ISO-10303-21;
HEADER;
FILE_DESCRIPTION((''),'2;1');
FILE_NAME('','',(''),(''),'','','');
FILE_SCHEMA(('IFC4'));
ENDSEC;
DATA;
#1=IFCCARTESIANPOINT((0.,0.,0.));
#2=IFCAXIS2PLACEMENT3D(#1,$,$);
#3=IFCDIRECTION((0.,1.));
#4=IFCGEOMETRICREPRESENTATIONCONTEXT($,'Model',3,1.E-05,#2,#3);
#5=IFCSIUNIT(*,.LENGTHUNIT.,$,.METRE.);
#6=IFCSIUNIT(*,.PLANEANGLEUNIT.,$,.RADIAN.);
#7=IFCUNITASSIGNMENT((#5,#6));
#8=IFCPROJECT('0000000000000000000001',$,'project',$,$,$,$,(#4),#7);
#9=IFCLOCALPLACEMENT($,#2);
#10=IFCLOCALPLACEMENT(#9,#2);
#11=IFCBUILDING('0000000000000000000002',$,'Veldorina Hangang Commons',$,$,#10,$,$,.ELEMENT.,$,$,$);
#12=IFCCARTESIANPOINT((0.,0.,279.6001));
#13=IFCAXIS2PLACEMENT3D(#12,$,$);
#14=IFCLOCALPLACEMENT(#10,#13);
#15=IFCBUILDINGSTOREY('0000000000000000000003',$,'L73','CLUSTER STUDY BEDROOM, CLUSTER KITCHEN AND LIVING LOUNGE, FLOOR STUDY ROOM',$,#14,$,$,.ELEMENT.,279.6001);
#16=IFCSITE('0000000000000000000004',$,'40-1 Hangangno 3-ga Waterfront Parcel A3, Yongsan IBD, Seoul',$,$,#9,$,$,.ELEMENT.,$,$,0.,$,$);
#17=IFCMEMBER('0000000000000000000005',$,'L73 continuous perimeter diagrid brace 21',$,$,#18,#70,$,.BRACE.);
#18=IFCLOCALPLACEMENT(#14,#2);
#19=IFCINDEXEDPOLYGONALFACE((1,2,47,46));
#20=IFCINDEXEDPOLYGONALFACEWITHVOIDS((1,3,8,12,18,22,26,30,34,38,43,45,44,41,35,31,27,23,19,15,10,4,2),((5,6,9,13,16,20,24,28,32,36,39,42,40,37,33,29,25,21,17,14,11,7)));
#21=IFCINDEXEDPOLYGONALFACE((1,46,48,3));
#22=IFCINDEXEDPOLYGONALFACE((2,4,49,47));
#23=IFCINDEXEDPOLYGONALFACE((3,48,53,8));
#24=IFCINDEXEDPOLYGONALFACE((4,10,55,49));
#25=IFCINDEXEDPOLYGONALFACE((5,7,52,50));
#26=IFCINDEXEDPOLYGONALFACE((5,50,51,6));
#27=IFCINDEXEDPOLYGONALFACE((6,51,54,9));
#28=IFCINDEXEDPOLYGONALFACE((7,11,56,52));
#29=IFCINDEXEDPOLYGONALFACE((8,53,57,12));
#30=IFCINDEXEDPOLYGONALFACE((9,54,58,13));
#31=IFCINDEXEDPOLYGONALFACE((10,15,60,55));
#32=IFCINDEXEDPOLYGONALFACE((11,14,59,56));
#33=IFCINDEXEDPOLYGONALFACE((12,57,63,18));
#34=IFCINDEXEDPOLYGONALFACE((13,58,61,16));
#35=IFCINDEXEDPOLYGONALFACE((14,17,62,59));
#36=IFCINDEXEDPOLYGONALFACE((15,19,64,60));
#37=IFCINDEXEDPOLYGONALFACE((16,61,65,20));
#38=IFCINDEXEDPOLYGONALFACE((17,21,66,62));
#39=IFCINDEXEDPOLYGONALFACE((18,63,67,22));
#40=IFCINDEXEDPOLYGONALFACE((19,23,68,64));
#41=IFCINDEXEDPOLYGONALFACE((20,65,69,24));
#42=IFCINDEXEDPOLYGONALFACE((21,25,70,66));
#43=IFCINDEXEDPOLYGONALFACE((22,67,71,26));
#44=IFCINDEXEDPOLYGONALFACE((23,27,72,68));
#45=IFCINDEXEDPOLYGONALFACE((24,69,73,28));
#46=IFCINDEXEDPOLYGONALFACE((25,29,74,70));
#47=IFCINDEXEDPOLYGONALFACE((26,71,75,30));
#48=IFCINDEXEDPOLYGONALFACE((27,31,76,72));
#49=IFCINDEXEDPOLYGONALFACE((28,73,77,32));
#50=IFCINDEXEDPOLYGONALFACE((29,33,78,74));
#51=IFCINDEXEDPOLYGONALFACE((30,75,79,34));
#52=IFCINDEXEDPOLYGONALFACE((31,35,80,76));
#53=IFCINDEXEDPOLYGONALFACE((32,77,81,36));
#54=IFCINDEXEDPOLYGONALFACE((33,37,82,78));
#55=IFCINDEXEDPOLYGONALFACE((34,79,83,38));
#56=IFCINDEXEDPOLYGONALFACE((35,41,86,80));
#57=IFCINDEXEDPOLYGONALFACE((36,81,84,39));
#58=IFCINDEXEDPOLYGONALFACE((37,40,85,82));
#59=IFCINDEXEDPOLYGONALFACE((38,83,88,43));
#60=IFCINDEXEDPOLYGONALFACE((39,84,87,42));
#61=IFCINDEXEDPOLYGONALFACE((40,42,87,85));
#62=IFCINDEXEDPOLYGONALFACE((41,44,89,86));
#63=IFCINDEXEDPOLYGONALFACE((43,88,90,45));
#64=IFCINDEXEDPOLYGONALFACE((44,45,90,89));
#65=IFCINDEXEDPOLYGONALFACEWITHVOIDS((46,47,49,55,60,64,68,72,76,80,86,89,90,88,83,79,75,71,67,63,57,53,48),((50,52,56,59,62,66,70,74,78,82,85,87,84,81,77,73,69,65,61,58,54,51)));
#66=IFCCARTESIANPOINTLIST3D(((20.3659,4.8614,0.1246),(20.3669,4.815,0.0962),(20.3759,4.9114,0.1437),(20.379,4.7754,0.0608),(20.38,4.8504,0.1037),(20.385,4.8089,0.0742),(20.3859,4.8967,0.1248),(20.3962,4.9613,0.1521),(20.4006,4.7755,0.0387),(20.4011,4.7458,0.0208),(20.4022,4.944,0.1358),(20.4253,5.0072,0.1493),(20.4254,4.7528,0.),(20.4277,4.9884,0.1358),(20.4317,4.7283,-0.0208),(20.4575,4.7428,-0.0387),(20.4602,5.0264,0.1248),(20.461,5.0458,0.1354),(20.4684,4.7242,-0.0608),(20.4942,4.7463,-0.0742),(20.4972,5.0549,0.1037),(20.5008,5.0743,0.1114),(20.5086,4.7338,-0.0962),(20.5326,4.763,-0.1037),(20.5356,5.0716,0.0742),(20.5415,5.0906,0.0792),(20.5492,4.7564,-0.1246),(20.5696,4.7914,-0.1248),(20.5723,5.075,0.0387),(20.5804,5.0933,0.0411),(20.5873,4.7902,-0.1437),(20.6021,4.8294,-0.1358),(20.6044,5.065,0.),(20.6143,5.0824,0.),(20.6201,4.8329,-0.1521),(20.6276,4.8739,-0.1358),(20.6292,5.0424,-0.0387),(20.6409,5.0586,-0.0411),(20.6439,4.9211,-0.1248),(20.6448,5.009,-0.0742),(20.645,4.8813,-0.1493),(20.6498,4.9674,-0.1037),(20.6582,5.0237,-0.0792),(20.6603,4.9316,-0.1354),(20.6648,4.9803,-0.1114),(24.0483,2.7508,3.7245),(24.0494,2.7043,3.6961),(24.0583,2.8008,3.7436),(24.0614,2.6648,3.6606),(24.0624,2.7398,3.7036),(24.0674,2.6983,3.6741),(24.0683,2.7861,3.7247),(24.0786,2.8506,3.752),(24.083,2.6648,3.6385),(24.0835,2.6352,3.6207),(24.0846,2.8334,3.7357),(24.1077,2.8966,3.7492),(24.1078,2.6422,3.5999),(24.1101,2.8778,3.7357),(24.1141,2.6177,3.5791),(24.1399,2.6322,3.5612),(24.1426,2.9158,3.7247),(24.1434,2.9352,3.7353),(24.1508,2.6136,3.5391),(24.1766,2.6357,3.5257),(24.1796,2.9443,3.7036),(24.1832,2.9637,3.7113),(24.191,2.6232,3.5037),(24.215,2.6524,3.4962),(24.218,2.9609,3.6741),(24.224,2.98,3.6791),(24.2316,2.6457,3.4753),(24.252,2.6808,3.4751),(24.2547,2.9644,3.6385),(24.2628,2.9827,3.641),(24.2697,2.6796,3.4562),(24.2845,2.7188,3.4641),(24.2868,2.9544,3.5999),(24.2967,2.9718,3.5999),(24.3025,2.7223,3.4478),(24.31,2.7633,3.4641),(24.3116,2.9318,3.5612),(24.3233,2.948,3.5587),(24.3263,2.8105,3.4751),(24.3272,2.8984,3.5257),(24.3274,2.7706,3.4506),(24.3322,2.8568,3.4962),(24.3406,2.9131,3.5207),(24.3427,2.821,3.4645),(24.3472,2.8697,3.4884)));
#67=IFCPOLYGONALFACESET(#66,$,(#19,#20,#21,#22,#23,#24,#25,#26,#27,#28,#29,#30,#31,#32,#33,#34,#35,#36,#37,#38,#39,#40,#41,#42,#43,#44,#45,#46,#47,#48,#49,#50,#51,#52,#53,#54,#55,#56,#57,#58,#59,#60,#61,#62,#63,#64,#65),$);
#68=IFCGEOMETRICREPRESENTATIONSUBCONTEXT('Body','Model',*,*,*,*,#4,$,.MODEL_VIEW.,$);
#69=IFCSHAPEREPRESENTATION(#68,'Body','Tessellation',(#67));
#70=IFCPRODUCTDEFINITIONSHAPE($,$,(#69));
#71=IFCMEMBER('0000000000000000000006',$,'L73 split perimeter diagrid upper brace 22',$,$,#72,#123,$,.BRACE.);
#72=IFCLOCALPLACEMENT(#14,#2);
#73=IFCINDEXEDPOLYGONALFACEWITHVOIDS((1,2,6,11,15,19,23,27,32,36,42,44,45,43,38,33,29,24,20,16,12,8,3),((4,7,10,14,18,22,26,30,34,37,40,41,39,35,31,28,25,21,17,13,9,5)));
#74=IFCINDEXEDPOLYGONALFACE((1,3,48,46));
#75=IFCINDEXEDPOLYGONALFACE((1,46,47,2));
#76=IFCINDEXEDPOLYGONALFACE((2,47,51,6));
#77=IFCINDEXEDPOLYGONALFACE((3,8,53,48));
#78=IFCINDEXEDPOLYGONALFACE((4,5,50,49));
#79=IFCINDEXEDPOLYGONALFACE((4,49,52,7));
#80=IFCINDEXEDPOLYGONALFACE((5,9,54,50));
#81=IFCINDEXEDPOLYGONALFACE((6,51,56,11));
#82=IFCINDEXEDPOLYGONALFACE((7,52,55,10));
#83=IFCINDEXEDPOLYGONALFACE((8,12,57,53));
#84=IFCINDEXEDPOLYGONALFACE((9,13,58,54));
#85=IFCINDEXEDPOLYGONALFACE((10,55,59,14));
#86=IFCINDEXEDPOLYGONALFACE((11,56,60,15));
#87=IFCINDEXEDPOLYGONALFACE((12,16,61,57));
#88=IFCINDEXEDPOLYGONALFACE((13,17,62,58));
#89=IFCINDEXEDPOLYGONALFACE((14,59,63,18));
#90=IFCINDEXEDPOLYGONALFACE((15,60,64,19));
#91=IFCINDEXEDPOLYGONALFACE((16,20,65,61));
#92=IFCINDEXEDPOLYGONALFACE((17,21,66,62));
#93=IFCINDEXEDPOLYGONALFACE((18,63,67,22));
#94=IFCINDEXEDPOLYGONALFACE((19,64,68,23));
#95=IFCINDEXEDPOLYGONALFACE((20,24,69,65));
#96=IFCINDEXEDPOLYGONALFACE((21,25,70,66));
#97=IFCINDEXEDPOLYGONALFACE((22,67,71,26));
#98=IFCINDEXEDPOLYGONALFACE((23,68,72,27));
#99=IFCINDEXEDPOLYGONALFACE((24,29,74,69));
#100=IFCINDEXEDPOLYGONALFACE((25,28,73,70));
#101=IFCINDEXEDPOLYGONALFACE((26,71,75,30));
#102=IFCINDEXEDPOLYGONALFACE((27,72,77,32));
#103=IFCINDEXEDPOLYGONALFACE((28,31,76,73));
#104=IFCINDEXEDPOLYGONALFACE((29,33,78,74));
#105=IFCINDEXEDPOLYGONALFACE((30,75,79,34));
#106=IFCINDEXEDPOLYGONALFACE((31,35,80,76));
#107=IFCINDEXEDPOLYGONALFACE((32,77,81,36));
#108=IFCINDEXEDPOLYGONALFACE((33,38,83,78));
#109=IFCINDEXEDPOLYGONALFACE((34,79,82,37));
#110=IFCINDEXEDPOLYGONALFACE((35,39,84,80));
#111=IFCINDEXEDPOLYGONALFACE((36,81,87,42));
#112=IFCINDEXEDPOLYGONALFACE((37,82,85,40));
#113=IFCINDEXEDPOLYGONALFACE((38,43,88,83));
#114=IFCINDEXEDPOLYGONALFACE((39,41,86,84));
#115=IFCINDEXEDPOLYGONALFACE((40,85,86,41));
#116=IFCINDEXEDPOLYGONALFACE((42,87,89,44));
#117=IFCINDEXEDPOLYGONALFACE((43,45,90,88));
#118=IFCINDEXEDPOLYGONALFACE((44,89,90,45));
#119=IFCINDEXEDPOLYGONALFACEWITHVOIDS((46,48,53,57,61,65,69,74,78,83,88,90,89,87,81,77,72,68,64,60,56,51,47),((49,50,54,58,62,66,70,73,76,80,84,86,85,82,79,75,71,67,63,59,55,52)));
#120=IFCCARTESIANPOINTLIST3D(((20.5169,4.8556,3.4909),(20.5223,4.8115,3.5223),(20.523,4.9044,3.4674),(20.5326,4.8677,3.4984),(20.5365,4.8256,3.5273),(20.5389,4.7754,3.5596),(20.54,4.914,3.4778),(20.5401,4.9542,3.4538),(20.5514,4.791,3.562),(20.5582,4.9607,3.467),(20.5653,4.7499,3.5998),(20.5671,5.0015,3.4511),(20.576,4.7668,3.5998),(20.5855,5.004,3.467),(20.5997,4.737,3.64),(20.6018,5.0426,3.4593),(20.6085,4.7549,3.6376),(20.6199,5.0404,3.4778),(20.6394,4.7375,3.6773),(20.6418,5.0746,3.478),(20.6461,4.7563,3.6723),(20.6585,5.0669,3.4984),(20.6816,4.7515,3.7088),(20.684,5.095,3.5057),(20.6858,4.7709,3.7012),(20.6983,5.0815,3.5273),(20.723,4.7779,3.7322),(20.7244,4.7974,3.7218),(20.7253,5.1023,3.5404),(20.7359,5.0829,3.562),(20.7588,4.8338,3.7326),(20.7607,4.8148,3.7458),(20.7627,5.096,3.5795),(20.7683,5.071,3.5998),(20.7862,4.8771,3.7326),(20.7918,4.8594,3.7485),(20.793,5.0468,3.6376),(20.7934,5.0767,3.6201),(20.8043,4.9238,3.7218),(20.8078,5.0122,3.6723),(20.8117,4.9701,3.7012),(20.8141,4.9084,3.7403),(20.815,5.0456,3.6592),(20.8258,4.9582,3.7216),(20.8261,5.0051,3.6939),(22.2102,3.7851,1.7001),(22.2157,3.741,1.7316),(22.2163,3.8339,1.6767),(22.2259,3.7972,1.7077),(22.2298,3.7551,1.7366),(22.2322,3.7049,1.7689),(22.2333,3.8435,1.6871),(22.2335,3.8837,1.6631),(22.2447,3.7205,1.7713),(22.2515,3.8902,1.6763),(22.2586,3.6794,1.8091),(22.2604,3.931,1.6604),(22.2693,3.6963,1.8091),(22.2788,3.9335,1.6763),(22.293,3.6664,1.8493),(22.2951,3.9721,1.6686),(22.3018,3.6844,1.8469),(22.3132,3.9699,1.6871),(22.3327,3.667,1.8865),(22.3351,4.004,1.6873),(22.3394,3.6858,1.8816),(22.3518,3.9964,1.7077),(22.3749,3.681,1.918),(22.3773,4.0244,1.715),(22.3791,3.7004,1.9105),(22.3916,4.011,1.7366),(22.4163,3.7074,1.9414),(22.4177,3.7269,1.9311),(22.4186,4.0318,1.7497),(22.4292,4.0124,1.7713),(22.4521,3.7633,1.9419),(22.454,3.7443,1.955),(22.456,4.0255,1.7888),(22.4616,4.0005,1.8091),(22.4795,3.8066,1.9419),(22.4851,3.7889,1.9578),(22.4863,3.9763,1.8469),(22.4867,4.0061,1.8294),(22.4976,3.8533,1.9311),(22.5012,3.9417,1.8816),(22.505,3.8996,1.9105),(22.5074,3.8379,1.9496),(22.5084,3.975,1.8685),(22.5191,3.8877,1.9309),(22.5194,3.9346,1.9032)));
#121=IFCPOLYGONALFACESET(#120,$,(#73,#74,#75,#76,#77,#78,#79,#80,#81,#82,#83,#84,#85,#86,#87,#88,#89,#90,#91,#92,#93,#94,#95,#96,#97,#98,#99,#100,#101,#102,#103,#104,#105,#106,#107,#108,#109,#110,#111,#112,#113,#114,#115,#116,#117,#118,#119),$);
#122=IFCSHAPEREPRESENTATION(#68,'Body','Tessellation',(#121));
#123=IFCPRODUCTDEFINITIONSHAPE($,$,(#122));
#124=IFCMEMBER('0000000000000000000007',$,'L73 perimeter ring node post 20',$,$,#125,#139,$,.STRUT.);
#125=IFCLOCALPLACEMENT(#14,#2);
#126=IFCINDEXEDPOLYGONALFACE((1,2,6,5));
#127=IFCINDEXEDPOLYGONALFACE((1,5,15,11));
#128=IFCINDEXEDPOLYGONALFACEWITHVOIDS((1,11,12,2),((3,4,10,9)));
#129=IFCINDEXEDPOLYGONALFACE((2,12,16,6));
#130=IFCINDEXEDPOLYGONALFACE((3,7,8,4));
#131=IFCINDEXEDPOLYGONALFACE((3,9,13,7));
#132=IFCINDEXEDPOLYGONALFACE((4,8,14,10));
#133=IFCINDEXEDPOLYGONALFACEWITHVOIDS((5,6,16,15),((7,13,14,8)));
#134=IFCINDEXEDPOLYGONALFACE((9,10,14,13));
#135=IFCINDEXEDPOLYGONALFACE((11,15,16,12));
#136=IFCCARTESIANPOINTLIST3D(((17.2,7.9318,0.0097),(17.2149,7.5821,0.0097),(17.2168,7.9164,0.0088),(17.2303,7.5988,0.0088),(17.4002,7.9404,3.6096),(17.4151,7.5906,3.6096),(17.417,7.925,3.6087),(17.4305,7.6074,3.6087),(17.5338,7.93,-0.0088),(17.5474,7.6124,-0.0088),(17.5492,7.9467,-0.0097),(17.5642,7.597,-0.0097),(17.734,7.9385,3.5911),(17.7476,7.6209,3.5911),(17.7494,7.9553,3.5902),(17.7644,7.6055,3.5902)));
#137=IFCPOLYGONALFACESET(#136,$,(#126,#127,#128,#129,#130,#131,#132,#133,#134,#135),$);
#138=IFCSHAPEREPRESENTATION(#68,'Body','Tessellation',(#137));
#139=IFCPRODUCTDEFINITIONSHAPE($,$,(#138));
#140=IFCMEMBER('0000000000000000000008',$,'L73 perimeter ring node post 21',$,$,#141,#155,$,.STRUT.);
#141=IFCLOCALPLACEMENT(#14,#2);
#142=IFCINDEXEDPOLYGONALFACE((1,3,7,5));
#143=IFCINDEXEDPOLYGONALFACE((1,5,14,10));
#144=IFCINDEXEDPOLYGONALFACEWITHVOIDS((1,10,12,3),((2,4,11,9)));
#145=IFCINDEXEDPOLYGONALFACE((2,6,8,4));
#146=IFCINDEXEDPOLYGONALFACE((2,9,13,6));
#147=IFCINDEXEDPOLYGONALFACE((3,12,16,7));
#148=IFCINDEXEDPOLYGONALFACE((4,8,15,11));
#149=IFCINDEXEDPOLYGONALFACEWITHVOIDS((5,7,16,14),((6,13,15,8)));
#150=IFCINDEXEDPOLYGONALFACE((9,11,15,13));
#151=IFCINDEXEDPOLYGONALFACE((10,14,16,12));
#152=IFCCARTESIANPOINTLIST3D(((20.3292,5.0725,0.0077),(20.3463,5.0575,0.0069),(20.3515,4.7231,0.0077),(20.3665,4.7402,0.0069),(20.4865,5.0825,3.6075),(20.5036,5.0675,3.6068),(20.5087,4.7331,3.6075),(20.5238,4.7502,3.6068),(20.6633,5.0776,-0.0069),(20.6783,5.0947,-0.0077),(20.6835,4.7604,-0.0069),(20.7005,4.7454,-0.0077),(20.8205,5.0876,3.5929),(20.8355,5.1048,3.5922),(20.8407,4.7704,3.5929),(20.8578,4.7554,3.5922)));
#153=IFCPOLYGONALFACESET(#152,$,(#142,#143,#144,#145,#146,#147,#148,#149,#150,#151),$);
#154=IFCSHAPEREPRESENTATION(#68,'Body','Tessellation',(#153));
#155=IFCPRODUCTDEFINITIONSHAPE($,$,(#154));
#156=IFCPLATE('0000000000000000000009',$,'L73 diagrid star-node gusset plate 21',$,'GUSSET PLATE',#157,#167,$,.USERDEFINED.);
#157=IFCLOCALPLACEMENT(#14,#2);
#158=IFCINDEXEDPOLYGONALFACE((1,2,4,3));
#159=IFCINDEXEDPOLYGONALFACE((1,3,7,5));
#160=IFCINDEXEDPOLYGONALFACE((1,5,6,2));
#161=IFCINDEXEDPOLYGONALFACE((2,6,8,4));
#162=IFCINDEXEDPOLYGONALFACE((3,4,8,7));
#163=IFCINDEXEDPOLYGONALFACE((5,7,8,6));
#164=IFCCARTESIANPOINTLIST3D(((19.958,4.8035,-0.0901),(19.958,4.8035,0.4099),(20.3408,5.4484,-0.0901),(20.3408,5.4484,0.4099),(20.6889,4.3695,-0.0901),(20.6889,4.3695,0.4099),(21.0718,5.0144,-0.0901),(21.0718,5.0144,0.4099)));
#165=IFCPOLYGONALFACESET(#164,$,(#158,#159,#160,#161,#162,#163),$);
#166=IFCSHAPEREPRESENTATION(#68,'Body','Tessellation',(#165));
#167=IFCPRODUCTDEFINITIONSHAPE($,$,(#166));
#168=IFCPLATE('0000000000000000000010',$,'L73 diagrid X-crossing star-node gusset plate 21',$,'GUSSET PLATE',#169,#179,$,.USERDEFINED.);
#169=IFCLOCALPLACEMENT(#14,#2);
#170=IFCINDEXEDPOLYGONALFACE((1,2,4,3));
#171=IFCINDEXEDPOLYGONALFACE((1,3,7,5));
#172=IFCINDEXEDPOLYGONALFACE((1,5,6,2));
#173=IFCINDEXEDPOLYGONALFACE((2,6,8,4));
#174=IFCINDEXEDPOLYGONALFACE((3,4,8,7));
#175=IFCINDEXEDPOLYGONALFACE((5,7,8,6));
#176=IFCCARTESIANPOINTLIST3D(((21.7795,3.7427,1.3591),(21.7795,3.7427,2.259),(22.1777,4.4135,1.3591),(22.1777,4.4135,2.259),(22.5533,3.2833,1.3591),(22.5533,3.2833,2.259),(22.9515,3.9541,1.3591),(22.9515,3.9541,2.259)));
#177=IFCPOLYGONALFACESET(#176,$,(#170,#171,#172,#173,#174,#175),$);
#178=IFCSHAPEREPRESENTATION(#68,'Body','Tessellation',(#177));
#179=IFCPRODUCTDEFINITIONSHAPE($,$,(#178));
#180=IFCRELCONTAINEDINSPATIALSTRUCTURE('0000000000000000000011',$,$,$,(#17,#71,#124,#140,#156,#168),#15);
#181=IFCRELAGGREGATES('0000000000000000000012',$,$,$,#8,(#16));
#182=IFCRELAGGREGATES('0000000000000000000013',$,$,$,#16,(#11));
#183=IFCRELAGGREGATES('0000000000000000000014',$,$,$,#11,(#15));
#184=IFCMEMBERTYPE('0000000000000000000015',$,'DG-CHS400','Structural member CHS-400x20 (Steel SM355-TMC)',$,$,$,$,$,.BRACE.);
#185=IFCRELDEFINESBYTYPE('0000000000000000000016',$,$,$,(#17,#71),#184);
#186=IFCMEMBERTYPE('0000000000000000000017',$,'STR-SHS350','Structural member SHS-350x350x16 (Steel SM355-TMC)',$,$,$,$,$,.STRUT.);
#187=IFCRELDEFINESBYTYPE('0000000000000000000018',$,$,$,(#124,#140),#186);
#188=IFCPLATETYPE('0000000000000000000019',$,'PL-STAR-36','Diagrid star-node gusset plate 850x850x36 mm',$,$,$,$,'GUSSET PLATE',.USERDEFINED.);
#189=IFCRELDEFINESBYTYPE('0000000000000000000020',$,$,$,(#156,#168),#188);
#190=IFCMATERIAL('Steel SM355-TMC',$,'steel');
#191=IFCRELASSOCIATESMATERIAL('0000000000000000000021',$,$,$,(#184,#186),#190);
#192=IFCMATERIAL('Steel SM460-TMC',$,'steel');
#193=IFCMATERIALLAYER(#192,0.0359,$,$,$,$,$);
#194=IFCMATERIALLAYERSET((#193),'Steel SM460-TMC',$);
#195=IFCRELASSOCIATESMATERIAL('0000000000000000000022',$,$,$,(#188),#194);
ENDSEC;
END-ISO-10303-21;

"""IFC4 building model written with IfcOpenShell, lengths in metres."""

from ifc_helpers import new_model, si_unit, direction, frame, origin, origin_2d, place, context, subcontext, project, spatial, rectangle, hollow_rectangle, hollow_circle, extrude, material, layer, layer_set, material_profile, profile_set, type_object, element, save


model = new_model("IFC4")

# Units and contexts
model_context = context("Model", 3, precision=1e-05, world=origin(), true_north=direction((0.0, 1.0)))
body_context = subcontext(model_context, "Body", "Model", "MODEL_VIEW")
ifc_project = project(units=[si_unit("LENGTHUNIT", "METRE"), si_unit("PLANEANGLEUNIT", "RADIAN")], contexts=[model_context])

# Site, building, storey
site_placement = place(None, origin())
site = spatial("IfcSite", under=ifc_project, at=site_placement, Name="40-1 Hangangno 3-ga Waterfront Parcel A3, Yongsan IBD, Seoul", CompositionType="ELEMENT", RefElevation=0.0)
building_placement = place(site_placement, origin())
building = spatial("IfcBuilding", under=site, at=building_placement, Name="Veldorina Hangang Commons", CompositionType="ELEMENT")
storey_placement = place(building_placement, frame((0.0, 0.0, 279.6001)))
storey = spatial("IfcBuildingStorey", under=building, at=storey_placement, Name="L73", Description="CLUSTER STUDY BEDROOM, CLUSTER KITCHEN AND LIVING LOUNGE, FLOOR STUDY ROOM", CompositionType="ELEMENT", Elevation=279.6001)

# Shared definitions
ifc_material_1 = material(Name="Steel SM355-TMC", Category="steel")

# Members
ifc_material_profile_1 = material_profile(ifc_material_1, hollow_circle(Radius=0.2, WallThickness=0.02, at=origin_2d()), Name="CHS-400x20")
ifc_profile_set_1 = profile_set([ifc_material_profile_1], Name="Steel SM355-TMC")
member_type_1 = type_object("IfcMemberType", Name="DG-CHS400", Description="Structural member CHS-400x20 (Steel SM355-TMC)", PredefinedType="BRACE", material=ifc_profile_set_1)
member_1_placement = place(storey_placement, frame((20.5149, 4.9089, 0.0), z_axis=(0.661657, -0.379237, 0.64683), x_axis=(0.497272, 0.867595, 0.0)))
element("IfcMember", 1, at=member_1_placement, inside=storey, type_object=member_type_1, Name="L73 continuous perimeter diagrid brace 21", PredefinedType="BRACE", context=body_context, shape_type="SweptSolid", body=[
    extrude(hollow_circle(Radius=0.2, WallThickness=0.02, at=origin_2d()), origin(), (0.0, 0.0, 1.0), 5.5654),
])
member_2_placement = place(storey_placement, frame((22.3655, 3.8484, 1.8091), z_axis=(-0.630185, 0.398408, 0.666437), x_axis=(-0.534373, -0.845248, 0.0)))
element("IfcMember", 2, at=member_2_placement, inside=storey, type_object=member_type_1, Name="L73 split perimeter diagrid upper brace 22", PredefinedType="BRACE", context=body_context, shape_type="SweptSolid", body=[
    extrude(hollow_circle(Radius=0.2, WallThickness=0.02, at=origin_2d()), origin(), (0.0, 0.0, 1.0), 2.687),
])
ifc_material_profile_2 = material_profile(ifc_material_1, hollow_rectangle(XDim=0.3501, YDim=0.3501, WallThickness=0.0161, at=origin_2d()), Name="SHS-350x350x16")
ifc_profile_set_2 = profile_set([ifc_material_profile_2], Name="Steel SM355-TMC")
member_type_2 = type_object("IfcMemberType", Name="STR-SHS350", Description="Structural member SHS-350x350x16 (Steel SM355-TMC)", PredefinedType="STRUT", material=ifc_profile_set_2)
member_3_placement = place(storey_placement, frame((17.3821, 7.7644, 0.0), z_axis=(0.055526, 0.00237, 0.998454), x_axis=(-0.042644, 0.99909, 0.0)))
element("IfcMember", 3, at=member_3_placement, inside=storey, type_object=member_type_2, Name="L73 perimeter ring node post 20", PredefinedType="STRUT", context=body_context, shape_type="SweptSolid", body=[
    extrude(hollow_rectangle(XDim=0.3501, YDim=0.3501, WallThickness=0.0161, at=origin_2d()), origin(), (0.0, 0.0, 1.0), 3.6055),
])
member_4_placement = place(storey_placement, frame((20.5149, 4.9089, 0.0), z_axis=(0.043634, 0.002778, 0.999044), x_axis=(-0.063536, 0.99798, 0.0)))
element("IfcMember", 4, at=member_4_placement, inside=storey, type_object=member_type_2, Name="L73 perimeter ring node post 21", PredefinedType="STRUT", context=body_context, shape_type="SweptSolid", body=[
    extrude(hollow_rectangle(XDim=0.3501, YDim=0.3501, WallThickness=0.0161, at=origin_2d()), origin(), (0.0, 0.0, 1.0), 3.6033),
])

# Plates
ifc_material_2 = material(Name="Steel SM460-TMC", Category="steel")
ifc_layer_1 = layer(ifc_material_2, 0.0359)
ifc_layer_set_1 = layer_set([ifc_layer_1], Name="Steel SM460-TMC")
plate_type = type_object("IfcPlateType", Name="PL-STAR-36", Description="Diagrid star-node gusset plate 850x850x36 mm", ElementType="GUSSET PLATE", PredefinedType="USERDEFINED", material=ifc_layer_set_1)
plate_1_placement = place(storey_placement, frame((20.5149, 4.9089, -0.0901), z_axis=(0.0, 0.0, 1.0), x_axis=(0.859879, -0.510498, 0.0)))
element("IfcPlate", 5, at=plate_1_placement, inside=storey, type_object=plate_type, Name="L73 diagrid star-node gusset plate 21", ObjectType="GUSSET PLATE", PredefinedType="USERDEFINED", context=body_context, shape_type="SweptSolid", body=[
    extrude(rectangle(XDim=0.8501, YDim=0.75, at=origin_2d()), origin(), (0.0, 0.0, 1.0), 0.5),
])
plate_2_placement = place(storey_placement, frame((22.3655, 3.8484, 1.3591), z_axis=(0.0, 0.0, 1.0), x_axis=(0.859879, -0.510498, 0.0)))
element("IfcPlate", 6, at=plate_2_placement, inside=storey, type_object=plate_type, Name="L73 diagrid X-crossing star-node gusset plate 21", ObjectType="GUSSET PLATE", PredefinedType="USERDEFINED", context=body_context, shape_type="SweptSolid", body=[
    extrude(rectangle(XDim=0.8999, YDim=0.78, at=origin_2d()), origin(), (0.0, 0.0, 1.0), 0.8999),
])

save(model, "model.ifc")
